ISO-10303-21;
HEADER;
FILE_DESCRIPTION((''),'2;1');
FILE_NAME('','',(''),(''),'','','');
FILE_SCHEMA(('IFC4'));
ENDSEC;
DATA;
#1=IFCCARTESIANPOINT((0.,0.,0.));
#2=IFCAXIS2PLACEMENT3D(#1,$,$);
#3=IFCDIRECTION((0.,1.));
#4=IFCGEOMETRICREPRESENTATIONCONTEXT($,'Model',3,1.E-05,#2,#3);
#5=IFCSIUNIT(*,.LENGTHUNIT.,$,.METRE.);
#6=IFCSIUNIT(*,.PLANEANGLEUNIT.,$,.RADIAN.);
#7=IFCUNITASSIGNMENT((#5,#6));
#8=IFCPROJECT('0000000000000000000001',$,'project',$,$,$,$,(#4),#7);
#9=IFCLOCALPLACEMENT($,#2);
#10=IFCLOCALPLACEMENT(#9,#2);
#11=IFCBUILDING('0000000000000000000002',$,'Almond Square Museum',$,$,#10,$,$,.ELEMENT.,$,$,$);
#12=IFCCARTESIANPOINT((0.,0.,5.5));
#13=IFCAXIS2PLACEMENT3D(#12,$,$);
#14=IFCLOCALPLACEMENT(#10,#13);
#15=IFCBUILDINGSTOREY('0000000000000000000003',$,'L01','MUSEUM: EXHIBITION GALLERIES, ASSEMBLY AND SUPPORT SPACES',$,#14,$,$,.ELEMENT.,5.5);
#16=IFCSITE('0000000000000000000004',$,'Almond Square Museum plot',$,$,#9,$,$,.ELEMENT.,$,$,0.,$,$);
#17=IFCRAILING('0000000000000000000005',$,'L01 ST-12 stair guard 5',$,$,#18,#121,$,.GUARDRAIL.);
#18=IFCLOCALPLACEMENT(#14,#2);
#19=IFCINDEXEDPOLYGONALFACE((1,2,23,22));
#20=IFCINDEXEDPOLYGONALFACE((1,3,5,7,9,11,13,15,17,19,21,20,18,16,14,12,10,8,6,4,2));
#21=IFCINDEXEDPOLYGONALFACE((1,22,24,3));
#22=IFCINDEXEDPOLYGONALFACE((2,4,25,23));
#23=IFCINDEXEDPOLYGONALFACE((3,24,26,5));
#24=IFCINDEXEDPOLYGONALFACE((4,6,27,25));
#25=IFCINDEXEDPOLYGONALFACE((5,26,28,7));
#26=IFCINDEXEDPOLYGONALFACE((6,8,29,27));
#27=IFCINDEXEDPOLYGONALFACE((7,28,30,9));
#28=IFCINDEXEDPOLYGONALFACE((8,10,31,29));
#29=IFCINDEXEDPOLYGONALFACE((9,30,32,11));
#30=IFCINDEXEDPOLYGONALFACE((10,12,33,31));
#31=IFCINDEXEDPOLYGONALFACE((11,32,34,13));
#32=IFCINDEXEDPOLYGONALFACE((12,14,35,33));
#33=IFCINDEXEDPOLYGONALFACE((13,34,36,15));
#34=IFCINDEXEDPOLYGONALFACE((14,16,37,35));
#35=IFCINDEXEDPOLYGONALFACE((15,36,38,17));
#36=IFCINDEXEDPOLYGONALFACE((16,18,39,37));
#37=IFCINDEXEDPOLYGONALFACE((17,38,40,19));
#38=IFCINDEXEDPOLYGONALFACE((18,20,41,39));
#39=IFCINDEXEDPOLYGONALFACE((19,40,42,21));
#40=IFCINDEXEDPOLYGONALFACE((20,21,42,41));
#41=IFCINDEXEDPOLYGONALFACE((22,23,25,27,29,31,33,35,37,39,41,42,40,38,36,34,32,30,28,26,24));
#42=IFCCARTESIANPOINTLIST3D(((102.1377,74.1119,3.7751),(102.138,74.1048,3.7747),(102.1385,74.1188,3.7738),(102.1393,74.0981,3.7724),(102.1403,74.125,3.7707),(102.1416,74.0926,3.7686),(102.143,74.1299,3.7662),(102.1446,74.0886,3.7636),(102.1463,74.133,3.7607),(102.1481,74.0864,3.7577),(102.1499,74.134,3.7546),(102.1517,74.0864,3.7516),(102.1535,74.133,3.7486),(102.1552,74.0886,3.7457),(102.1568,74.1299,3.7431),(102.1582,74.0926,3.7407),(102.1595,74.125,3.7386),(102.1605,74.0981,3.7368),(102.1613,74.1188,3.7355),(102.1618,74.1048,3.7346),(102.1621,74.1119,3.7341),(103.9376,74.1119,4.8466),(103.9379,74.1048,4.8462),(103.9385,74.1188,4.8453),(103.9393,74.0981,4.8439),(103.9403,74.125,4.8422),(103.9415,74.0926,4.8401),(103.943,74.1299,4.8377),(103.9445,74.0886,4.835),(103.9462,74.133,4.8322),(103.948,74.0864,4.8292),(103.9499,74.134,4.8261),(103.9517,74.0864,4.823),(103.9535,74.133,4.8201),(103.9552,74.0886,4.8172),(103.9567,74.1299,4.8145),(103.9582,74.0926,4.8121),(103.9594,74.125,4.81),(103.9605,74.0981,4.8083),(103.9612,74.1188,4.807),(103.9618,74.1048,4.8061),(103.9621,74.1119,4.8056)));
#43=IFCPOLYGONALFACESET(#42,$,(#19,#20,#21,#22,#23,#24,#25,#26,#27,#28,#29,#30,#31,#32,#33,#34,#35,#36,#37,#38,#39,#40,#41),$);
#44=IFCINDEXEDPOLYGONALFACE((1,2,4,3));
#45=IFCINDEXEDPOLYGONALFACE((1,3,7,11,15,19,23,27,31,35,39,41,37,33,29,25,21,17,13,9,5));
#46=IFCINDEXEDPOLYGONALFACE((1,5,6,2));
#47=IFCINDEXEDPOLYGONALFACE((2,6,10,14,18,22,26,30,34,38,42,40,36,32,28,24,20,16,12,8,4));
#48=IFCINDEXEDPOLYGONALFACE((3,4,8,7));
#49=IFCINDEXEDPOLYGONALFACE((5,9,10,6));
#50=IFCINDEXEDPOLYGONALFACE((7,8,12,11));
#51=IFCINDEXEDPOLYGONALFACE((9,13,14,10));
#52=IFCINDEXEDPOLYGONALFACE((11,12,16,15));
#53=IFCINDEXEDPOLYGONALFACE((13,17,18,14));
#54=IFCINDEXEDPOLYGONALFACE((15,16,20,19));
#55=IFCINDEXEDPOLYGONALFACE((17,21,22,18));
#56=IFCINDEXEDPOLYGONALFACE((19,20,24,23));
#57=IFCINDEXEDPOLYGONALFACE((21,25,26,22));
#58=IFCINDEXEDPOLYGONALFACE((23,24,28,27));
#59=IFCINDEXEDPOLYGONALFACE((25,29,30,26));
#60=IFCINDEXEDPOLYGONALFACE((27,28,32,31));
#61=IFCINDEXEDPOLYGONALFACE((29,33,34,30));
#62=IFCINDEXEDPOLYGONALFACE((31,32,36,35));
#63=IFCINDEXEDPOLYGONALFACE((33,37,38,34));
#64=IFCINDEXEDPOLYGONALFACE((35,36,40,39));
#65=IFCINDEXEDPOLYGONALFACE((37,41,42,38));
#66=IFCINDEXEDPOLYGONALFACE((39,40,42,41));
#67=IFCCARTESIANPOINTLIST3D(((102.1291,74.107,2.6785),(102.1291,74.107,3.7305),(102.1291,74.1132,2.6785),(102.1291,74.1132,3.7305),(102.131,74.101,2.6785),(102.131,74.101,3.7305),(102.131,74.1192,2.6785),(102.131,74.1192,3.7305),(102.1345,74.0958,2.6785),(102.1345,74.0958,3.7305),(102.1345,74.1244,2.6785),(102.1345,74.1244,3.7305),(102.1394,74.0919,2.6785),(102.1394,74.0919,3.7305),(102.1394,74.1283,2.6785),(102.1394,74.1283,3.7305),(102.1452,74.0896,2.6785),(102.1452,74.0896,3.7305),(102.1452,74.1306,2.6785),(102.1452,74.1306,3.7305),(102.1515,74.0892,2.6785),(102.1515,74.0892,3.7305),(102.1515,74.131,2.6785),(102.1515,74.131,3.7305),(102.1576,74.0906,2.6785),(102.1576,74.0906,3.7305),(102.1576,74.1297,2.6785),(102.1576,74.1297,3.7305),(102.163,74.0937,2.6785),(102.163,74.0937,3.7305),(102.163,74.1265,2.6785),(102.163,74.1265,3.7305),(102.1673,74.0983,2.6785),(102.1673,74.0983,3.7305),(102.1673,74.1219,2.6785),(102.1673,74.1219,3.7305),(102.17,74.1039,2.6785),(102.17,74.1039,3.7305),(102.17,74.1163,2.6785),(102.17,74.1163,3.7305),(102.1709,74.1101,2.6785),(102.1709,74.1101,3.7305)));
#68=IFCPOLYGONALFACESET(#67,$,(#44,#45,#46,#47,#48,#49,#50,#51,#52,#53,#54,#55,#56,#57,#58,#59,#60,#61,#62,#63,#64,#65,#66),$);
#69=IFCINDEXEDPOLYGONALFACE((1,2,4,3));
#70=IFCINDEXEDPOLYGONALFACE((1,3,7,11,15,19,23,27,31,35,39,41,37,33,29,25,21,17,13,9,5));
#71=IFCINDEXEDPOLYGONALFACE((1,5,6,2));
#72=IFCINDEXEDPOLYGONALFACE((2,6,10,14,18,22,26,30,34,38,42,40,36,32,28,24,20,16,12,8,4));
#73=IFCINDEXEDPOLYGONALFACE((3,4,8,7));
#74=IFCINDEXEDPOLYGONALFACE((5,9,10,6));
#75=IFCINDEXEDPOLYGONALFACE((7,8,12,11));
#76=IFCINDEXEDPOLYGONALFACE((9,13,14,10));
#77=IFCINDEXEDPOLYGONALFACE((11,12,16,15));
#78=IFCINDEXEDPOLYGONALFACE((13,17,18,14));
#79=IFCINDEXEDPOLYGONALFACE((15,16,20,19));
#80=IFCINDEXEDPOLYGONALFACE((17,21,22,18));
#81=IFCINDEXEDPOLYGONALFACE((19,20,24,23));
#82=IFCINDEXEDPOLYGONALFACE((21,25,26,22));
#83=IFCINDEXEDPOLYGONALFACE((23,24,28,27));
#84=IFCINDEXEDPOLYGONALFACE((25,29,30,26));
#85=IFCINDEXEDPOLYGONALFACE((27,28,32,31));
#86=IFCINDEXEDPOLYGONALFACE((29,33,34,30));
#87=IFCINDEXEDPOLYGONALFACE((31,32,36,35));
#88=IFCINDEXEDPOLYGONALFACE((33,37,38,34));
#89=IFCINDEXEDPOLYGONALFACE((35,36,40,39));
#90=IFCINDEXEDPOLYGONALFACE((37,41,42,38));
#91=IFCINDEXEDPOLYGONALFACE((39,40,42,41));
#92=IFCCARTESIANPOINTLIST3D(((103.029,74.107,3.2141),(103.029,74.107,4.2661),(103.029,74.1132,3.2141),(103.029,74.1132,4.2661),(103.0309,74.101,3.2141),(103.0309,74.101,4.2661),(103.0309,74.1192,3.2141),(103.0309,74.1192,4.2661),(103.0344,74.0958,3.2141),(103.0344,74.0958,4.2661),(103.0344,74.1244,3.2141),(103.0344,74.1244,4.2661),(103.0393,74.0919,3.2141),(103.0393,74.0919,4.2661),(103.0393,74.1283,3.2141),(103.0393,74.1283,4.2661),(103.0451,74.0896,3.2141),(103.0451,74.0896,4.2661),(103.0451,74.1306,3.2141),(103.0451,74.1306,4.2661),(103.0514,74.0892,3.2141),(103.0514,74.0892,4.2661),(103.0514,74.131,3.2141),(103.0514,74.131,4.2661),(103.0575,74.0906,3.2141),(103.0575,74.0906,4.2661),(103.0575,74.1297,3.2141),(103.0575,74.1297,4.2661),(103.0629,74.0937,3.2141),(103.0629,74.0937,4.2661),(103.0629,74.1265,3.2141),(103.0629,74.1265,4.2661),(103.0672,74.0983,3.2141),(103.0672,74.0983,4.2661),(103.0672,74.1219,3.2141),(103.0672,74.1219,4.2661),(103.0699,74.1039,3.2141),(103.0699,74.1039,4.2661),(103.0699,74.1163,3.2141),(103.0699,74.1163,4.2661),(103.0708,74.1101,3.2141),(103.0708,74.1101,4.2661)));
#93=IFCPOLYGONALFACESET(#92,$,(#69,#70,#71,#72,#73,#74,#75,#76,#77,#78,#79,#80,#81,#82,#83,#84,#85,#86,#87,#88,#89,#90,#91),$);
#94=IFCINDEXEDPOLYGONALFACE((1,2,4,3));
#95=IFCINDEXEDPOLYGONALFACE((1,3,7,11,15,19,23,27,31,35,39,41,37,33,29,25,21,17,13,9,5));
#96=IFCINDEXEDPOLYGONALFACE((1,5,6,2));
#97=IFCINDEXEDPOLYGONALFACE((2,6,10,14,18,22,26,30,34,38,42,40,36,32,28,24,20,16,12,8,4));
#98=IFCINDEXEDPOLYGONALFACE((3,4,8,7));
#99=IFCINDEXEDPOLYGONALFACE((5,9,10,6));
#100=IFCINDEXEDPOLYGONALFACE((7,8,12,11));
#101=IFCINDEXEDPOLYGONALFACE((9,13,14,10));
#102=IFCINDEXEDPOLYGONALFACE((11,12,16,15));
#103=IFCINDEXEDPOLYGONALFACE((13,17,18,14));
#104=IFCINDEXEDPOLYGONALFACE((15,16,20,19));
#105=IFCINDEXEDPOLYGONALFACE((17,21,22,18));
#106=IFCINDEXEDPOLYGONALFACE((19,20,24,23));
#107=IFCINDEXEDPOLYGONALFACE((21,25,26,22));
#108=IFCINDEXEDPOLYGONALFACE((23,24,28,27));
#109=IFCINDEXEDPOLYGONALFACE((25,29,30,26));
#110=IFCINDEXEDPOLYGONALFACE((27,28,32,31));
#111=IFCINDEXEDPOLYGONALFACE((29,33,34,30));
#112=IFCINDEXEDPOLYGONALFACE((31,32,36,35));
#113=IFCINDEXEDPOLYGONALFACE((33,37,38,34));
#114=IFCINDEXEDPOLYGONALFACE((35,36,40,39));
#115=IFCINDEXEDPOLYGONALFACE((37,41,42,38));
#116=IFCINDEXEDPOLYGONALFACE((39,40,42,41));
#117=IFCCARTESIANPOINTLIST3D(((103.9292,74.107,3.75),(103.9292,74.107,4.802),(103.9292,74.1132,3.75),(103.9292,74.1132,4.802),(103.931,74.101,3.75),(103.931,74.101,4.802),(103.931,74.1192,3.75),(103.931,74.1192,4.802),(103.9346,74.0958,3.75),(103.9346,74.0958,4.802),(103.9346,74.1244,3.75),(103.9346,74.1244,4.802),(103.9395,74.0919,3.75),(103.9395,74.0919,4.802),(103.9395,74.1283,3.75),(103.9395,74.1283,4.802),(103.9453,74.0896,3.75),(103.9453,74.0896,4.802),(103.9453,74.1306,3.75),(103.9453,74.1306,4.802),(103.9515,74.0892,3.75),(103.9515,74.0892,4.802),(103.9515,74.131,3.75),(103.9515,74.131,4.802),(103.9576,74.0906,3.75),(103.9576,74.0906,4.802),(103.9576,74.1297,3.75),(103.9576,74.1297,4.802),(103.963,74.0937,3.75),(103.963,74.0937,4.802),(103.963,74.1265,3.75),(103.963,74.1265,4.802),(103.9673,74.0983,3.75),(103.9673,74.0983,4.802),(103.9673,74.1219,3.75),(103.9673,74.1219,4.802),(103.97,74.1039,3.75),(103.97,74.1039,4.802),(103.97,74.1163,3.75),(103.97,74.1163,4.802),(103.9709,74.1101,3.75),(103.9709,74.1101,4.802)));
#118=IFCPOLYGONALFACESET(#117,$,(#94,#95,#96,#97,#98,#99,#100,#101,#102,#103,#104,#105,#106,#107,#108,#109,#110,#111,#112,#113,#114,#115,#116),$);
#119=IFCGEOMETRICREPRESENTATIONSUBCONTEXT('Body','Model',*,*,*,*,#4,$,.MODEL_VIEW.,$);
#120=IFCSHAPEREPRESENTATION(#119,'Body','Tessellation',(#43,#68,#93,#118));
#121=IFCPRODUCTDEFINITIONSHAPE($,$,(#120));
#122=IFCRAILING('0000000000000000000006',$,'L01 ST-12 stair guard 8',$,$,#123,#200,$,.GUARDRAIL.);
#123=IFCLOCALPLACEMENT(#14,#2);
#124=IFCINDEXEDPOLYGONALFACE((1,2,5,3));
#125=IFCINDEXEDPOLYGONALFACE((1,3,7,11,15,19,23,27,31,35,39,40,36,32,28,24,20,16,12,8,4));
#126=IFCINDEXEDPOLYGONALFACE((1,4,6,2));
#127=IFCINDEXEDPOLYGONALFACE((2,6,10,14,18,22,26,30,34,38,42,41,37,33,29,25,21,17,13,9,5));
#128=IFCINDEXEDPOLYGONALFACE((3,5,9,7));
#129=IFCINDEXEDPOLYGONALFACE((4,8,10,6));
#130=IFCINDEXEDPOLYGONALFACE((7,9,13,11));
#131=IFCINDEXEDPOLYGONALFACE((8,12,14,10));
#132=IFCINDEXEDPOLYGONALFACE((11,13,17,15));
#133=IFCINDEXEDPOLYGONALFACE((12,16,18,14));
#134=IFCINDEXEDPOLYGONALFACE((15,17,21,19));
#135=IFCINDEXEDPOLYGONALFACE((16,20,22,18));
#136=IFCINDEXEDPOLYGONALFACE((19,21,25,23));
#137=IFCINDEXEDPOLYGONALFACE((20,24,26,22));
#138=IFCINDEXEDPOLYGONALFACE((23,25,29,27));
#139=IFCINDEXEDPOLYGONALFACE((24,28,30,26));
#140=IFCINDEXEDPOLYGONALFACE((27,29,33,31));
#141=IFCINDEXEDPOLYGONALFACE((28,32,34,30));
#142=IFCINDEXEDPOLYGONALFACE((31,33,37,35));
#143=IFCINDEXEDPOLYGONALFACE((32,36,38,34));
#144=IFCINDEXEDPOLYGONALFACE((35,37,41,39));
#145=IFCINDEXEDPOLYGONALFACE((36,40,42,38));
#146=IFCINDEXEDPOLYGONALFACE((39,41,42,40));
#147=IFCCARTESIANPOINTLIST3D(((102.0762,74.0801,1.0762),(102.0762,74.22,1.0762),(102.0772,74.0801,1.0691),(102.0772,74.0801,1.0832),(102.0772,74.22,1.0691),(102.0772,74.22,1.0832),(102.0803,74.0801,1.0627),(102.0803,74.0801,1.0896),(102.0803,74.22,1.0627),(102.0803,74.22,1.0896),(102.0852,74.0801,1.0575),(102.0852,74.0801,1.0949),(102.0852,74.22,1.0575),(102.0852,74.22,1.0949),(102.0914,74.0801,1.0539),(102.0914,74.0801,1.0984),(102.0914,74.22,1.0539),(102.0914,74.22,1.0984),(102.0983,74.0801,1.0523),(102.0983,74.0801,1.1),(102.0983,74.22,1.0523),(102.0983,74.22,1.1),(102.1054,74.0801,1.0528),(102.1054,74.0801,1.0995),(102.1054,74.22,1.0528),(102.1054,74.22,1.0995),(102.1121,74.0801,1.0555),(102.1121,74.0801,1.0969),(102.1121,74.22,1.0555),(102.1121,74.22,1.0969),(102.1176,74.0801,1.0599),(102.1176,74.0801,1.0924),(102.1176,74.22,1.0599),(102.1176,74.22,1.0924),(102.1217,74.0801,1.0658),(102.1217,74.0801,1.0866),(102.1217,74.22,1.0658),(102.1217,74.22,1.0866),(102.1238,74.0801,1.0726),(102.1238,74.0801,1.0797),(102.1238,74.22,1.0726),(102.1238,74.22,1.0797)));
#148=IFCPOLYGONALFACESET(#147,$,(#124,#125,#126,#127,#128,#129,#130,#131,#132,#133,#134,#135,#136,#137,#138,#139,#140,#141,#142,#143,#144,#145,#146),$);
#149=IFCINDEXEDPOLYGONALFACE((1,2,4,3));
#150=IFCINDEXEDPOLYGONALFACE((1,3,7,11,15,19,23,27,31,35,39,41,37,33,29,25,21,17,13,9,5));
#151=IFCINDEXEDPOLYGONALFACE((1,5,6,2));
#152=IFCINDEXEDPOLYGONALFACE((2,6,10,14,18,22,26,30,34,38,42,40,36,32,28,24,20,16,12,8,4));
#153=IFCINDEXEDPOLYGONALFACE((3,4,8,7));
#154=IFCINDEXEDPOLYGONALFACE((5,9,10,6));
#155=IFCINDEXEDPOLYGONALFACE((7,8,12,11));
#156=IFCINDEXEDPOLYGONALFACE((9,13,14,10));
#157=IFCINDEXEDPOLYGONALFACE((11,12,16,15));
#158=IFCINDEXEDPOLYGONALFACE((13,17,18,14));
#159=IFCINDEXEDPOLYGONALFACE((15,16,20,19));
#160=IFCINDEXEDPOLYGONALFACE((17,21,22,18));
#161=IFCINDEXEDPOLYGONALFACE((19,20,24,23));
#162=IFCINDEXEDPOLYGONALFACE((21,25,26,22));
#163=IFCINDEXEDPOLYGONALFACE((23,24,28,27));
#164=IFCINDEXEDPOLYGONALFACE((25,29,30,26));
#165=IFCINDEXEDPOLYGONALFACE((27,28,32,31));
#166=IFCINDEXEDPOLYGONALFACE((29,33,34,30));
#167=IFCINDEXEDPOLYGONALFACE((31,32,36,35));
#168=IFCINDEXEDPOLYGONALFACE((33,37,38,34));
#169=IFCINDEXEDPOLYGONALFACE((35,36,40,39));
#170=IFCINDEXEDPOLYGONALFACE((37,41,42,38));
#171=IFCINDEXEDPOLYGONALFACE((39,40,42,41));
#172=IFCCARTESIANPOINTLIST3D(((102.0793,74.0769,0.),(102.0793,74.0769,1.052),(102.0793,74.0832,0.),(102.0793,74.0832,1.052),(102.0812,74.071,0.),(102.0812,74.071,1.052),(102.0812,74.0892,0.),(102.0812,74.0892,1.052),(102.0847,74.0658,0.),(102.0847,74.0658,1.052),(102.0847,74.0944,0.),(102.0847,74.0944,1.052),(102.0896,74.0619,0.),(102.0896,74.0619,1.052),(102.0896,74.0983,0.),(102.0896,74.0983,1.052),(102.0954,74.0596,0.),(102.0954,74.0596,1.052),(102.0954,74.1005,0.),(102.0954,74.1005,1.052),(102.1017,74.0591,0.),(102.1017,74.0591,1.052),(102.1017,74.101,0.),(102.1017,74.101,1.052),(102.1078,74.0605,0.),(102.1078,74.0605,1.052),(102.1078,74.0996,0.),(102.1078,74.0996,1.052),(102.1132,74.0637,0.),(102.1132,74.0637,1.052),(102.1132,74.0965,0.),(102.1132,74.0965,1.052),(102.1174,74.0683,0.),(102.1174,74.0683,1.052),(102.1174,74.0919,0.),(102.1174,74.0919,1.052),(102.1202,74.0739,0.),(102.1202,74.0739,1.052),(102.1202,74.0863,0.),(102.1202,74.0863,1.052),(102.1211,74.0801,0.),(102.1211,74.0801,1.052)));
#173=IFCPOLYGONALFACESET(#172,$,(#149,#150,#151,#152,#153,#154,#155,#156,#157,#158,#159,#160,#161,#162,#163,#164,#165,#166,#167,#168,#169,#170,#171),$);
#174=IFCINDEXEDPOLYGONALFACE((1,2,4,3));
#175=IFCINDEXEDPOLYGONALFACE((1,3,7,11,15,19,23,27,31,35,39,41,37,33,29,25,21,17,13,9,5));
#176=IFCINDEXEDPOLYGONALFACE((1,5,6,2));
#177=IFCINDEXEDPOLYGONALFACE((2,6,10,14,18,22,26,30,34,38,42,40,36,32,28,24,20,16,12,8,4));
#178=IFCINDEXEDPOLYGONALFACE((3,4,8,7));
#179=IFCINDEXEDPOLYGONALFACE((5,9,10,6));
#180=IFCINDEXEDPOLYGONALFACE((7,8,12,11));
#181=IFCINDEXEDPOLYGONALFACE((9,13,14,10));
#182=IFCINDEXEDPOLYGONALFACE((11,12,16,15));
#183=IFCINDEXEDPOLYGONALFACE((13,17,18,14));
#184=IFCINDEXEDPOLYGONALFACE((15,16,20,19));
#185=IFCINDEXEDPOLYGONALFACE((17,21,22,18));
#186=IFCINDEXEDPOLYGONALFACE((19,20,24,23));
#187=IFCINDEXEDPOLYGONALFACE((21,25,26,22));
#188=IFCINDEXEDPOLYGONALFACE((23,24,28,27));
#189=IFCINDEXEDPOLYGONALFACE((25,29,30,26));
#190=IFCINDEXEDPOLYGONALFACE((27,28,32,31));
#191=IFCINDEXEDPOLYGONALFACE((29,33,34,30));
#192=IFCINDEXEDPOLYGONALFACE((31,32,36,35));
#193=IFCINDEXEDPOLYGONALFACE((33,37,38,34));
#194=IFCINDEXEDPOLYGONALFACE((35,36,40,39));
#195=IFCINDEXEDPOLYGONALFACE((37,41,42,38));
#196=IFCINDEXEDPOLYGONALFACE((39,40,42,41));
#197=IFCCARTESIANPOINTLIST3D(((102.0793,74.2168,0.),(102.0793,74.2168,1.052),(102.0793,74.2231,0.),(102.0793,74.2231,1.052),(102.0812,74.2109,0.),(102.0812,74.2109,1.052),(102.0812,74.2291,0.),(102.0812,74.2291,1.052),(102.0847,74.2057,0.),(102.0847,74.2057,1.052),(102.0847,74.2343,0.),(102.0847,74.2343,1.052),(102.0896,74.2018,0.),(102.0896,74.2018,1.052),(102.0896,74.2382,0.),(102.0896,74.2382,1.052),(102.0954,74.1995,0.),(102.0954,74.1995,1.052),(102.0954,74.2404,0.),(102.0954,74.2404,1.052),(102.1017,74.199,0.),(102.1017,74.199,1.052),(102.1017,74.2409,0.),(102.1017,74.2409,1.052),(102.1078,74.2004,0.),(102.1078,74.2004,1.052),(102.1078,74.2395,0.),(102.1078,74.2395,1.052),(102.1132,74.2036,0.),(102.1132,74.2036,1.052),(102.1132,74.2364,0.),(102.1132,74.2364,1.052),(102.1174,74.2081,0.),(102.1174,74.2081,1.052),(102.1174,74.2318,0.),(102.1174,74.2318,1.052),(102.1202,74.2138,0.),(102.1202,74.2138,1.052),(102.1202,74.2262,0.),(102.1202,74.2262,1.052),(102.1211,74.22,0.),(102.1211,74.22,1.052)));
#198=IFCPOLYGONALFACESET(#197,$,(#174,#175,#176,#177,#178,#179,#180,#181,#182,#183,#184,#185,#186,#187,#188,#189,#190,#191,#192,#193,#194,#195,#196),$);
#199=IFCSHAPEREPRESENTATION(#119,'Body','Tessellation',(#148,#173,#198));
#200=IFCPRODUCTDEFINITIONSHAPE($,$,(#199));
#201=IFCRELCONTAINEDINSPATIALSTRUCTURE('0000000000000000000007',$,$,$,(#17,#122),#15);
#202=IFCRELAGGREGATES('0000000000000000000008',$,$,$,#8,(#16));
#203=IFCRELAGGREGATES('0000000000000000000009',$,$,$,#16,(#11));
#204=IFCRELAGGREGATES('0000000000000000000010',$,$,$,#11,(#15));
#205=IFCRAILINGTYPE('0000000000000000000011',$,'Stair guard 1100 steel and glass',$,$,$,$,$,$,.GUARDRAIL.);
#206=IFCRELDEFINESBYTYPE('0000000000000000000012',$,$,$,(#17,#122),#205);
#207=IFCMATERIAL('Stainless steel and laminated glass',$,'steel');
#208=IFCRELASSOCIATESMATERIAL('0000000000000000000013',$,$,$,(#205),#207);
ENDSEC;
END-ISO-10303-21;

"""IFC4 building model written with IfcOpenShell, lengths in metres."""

from ifc_helpers import new_model, si_unit, direction, frame, origin, origin_2d, place, context, subcontext, project, spatial, circle, extrude, material, type_object, element, save


model = new_model("IFC4")

# Units and contexts
model_context = context("Model", 3, precision=1e-05, world=origin(), true_north=direction((0.0, 1.0)))
body_context = subcontext(model_context, "Body", "Model", "MODEL_VIEW")
ifc_project = project(units=[si_unit("LENGTHUNIT", "METRE"), si_unit("PLANEANGLEUNIT", "RADIAN")], contexts=[model_context])

# Site, building, storey
site_placement = place(None, origin())
site = spatial("IfcSite", under=ifc_project, at=site_placement, Name="Almond Square Museum plot", CompositionType="ELEMENT", RefElevation=0.0)
building_placement = place(site_placement, origin())
building = spatial("IfcBuilding", under=site, at=building_placement, Name="Almond Square Museum", CompositionType="ELEMENT")
storey_placement = place(building_placement, frame((0.0, 0.0, 5.5)))
storey = spatial("IfcBuildingStorey", under=building, at=storey_placement, Name="L01", Description="MUSEUM: EXHIBITION GALLERIES, ASSEMBLY AND SUPPORT SPACES", CompositionType="ELEMENT", Elevation=5.5)

# Railings
ifc_material_1 = material(Name="Stainless steel and laminated glass", Category="steel")
railing_type_1 = type_object("IfcRailingType", Name="Stair guard 1100 steel and glass", PredefinedType="GUARDRAIL", material=ifc_material_1)
railing_1_placement = place(storey_placement, frame((102.1499, 74.1101, 2.6785)))
element("IfcRailing", 1, at=railing_1_placement, inside=storey, type_object=railing_type_1, Name="L01 ST-12 stair guard 5", PredefinedType="GUARDRAIL", context=body_context, shape_type="SweptSolid", body=[
    extrude(circle(Radius=0.0239, at=origin_2d()), frame((0.0, 0.0, 1.0762), z_axis=(0.859277, 0.0, 0.51151), x_axis=(0.0, 1.0, 0.0)), (0.0, 0.0, 1.0), 2.0947),
    extrude(circle(Radius=0.021, at=origin_2d()), origin(), (0.0, 0.0, 1.0), 1.052),
    extrude(circle(Radius=0.021, at=origin_2d()), frame((0.8999, 0.0, 0.5356)), (0.0, 0.0, 1.0), 1.052),
    extrude(circle(Radius=0.021, at=origin_2d()), frame((1.8, 0.0, 1.0715)), (0.0, 0.0, 1.0), 1.052),
])
railing_2_placement = place(storey_placement, frame((102.1001, 74.0801, 0.0)))
element("IfcRailing", 2, at=railing_2_placement, inside=storey, type_object=railing_type_1, Name="L01 ST-12 stair guard 8", PredefinedType="GUARDRAIL", context=body_context, shape_type="SweptSolid", body=[
    extrude(circle(Radius=0.0239, at=origin_2d()), frame((0.0, 0.0, 1.0762), z_axis=(0.0, 1.0, 0.0), x_axis=(-1.0, 0.0, 0.0)), (0.0, 0.0, 1.0), 0.1399),
    extrude(circle(Radius=0.021, at=origin_2d()), origin(), (0.0, 0.0, 1.0), 1.052),
    extrude(circle(Radius=0.021, at=origin_2d()), frame((0.0, 0.1399, 0.0)), (0.0, 0.0, 1.0), 1.052),
])

save(model, "model.ifc")
